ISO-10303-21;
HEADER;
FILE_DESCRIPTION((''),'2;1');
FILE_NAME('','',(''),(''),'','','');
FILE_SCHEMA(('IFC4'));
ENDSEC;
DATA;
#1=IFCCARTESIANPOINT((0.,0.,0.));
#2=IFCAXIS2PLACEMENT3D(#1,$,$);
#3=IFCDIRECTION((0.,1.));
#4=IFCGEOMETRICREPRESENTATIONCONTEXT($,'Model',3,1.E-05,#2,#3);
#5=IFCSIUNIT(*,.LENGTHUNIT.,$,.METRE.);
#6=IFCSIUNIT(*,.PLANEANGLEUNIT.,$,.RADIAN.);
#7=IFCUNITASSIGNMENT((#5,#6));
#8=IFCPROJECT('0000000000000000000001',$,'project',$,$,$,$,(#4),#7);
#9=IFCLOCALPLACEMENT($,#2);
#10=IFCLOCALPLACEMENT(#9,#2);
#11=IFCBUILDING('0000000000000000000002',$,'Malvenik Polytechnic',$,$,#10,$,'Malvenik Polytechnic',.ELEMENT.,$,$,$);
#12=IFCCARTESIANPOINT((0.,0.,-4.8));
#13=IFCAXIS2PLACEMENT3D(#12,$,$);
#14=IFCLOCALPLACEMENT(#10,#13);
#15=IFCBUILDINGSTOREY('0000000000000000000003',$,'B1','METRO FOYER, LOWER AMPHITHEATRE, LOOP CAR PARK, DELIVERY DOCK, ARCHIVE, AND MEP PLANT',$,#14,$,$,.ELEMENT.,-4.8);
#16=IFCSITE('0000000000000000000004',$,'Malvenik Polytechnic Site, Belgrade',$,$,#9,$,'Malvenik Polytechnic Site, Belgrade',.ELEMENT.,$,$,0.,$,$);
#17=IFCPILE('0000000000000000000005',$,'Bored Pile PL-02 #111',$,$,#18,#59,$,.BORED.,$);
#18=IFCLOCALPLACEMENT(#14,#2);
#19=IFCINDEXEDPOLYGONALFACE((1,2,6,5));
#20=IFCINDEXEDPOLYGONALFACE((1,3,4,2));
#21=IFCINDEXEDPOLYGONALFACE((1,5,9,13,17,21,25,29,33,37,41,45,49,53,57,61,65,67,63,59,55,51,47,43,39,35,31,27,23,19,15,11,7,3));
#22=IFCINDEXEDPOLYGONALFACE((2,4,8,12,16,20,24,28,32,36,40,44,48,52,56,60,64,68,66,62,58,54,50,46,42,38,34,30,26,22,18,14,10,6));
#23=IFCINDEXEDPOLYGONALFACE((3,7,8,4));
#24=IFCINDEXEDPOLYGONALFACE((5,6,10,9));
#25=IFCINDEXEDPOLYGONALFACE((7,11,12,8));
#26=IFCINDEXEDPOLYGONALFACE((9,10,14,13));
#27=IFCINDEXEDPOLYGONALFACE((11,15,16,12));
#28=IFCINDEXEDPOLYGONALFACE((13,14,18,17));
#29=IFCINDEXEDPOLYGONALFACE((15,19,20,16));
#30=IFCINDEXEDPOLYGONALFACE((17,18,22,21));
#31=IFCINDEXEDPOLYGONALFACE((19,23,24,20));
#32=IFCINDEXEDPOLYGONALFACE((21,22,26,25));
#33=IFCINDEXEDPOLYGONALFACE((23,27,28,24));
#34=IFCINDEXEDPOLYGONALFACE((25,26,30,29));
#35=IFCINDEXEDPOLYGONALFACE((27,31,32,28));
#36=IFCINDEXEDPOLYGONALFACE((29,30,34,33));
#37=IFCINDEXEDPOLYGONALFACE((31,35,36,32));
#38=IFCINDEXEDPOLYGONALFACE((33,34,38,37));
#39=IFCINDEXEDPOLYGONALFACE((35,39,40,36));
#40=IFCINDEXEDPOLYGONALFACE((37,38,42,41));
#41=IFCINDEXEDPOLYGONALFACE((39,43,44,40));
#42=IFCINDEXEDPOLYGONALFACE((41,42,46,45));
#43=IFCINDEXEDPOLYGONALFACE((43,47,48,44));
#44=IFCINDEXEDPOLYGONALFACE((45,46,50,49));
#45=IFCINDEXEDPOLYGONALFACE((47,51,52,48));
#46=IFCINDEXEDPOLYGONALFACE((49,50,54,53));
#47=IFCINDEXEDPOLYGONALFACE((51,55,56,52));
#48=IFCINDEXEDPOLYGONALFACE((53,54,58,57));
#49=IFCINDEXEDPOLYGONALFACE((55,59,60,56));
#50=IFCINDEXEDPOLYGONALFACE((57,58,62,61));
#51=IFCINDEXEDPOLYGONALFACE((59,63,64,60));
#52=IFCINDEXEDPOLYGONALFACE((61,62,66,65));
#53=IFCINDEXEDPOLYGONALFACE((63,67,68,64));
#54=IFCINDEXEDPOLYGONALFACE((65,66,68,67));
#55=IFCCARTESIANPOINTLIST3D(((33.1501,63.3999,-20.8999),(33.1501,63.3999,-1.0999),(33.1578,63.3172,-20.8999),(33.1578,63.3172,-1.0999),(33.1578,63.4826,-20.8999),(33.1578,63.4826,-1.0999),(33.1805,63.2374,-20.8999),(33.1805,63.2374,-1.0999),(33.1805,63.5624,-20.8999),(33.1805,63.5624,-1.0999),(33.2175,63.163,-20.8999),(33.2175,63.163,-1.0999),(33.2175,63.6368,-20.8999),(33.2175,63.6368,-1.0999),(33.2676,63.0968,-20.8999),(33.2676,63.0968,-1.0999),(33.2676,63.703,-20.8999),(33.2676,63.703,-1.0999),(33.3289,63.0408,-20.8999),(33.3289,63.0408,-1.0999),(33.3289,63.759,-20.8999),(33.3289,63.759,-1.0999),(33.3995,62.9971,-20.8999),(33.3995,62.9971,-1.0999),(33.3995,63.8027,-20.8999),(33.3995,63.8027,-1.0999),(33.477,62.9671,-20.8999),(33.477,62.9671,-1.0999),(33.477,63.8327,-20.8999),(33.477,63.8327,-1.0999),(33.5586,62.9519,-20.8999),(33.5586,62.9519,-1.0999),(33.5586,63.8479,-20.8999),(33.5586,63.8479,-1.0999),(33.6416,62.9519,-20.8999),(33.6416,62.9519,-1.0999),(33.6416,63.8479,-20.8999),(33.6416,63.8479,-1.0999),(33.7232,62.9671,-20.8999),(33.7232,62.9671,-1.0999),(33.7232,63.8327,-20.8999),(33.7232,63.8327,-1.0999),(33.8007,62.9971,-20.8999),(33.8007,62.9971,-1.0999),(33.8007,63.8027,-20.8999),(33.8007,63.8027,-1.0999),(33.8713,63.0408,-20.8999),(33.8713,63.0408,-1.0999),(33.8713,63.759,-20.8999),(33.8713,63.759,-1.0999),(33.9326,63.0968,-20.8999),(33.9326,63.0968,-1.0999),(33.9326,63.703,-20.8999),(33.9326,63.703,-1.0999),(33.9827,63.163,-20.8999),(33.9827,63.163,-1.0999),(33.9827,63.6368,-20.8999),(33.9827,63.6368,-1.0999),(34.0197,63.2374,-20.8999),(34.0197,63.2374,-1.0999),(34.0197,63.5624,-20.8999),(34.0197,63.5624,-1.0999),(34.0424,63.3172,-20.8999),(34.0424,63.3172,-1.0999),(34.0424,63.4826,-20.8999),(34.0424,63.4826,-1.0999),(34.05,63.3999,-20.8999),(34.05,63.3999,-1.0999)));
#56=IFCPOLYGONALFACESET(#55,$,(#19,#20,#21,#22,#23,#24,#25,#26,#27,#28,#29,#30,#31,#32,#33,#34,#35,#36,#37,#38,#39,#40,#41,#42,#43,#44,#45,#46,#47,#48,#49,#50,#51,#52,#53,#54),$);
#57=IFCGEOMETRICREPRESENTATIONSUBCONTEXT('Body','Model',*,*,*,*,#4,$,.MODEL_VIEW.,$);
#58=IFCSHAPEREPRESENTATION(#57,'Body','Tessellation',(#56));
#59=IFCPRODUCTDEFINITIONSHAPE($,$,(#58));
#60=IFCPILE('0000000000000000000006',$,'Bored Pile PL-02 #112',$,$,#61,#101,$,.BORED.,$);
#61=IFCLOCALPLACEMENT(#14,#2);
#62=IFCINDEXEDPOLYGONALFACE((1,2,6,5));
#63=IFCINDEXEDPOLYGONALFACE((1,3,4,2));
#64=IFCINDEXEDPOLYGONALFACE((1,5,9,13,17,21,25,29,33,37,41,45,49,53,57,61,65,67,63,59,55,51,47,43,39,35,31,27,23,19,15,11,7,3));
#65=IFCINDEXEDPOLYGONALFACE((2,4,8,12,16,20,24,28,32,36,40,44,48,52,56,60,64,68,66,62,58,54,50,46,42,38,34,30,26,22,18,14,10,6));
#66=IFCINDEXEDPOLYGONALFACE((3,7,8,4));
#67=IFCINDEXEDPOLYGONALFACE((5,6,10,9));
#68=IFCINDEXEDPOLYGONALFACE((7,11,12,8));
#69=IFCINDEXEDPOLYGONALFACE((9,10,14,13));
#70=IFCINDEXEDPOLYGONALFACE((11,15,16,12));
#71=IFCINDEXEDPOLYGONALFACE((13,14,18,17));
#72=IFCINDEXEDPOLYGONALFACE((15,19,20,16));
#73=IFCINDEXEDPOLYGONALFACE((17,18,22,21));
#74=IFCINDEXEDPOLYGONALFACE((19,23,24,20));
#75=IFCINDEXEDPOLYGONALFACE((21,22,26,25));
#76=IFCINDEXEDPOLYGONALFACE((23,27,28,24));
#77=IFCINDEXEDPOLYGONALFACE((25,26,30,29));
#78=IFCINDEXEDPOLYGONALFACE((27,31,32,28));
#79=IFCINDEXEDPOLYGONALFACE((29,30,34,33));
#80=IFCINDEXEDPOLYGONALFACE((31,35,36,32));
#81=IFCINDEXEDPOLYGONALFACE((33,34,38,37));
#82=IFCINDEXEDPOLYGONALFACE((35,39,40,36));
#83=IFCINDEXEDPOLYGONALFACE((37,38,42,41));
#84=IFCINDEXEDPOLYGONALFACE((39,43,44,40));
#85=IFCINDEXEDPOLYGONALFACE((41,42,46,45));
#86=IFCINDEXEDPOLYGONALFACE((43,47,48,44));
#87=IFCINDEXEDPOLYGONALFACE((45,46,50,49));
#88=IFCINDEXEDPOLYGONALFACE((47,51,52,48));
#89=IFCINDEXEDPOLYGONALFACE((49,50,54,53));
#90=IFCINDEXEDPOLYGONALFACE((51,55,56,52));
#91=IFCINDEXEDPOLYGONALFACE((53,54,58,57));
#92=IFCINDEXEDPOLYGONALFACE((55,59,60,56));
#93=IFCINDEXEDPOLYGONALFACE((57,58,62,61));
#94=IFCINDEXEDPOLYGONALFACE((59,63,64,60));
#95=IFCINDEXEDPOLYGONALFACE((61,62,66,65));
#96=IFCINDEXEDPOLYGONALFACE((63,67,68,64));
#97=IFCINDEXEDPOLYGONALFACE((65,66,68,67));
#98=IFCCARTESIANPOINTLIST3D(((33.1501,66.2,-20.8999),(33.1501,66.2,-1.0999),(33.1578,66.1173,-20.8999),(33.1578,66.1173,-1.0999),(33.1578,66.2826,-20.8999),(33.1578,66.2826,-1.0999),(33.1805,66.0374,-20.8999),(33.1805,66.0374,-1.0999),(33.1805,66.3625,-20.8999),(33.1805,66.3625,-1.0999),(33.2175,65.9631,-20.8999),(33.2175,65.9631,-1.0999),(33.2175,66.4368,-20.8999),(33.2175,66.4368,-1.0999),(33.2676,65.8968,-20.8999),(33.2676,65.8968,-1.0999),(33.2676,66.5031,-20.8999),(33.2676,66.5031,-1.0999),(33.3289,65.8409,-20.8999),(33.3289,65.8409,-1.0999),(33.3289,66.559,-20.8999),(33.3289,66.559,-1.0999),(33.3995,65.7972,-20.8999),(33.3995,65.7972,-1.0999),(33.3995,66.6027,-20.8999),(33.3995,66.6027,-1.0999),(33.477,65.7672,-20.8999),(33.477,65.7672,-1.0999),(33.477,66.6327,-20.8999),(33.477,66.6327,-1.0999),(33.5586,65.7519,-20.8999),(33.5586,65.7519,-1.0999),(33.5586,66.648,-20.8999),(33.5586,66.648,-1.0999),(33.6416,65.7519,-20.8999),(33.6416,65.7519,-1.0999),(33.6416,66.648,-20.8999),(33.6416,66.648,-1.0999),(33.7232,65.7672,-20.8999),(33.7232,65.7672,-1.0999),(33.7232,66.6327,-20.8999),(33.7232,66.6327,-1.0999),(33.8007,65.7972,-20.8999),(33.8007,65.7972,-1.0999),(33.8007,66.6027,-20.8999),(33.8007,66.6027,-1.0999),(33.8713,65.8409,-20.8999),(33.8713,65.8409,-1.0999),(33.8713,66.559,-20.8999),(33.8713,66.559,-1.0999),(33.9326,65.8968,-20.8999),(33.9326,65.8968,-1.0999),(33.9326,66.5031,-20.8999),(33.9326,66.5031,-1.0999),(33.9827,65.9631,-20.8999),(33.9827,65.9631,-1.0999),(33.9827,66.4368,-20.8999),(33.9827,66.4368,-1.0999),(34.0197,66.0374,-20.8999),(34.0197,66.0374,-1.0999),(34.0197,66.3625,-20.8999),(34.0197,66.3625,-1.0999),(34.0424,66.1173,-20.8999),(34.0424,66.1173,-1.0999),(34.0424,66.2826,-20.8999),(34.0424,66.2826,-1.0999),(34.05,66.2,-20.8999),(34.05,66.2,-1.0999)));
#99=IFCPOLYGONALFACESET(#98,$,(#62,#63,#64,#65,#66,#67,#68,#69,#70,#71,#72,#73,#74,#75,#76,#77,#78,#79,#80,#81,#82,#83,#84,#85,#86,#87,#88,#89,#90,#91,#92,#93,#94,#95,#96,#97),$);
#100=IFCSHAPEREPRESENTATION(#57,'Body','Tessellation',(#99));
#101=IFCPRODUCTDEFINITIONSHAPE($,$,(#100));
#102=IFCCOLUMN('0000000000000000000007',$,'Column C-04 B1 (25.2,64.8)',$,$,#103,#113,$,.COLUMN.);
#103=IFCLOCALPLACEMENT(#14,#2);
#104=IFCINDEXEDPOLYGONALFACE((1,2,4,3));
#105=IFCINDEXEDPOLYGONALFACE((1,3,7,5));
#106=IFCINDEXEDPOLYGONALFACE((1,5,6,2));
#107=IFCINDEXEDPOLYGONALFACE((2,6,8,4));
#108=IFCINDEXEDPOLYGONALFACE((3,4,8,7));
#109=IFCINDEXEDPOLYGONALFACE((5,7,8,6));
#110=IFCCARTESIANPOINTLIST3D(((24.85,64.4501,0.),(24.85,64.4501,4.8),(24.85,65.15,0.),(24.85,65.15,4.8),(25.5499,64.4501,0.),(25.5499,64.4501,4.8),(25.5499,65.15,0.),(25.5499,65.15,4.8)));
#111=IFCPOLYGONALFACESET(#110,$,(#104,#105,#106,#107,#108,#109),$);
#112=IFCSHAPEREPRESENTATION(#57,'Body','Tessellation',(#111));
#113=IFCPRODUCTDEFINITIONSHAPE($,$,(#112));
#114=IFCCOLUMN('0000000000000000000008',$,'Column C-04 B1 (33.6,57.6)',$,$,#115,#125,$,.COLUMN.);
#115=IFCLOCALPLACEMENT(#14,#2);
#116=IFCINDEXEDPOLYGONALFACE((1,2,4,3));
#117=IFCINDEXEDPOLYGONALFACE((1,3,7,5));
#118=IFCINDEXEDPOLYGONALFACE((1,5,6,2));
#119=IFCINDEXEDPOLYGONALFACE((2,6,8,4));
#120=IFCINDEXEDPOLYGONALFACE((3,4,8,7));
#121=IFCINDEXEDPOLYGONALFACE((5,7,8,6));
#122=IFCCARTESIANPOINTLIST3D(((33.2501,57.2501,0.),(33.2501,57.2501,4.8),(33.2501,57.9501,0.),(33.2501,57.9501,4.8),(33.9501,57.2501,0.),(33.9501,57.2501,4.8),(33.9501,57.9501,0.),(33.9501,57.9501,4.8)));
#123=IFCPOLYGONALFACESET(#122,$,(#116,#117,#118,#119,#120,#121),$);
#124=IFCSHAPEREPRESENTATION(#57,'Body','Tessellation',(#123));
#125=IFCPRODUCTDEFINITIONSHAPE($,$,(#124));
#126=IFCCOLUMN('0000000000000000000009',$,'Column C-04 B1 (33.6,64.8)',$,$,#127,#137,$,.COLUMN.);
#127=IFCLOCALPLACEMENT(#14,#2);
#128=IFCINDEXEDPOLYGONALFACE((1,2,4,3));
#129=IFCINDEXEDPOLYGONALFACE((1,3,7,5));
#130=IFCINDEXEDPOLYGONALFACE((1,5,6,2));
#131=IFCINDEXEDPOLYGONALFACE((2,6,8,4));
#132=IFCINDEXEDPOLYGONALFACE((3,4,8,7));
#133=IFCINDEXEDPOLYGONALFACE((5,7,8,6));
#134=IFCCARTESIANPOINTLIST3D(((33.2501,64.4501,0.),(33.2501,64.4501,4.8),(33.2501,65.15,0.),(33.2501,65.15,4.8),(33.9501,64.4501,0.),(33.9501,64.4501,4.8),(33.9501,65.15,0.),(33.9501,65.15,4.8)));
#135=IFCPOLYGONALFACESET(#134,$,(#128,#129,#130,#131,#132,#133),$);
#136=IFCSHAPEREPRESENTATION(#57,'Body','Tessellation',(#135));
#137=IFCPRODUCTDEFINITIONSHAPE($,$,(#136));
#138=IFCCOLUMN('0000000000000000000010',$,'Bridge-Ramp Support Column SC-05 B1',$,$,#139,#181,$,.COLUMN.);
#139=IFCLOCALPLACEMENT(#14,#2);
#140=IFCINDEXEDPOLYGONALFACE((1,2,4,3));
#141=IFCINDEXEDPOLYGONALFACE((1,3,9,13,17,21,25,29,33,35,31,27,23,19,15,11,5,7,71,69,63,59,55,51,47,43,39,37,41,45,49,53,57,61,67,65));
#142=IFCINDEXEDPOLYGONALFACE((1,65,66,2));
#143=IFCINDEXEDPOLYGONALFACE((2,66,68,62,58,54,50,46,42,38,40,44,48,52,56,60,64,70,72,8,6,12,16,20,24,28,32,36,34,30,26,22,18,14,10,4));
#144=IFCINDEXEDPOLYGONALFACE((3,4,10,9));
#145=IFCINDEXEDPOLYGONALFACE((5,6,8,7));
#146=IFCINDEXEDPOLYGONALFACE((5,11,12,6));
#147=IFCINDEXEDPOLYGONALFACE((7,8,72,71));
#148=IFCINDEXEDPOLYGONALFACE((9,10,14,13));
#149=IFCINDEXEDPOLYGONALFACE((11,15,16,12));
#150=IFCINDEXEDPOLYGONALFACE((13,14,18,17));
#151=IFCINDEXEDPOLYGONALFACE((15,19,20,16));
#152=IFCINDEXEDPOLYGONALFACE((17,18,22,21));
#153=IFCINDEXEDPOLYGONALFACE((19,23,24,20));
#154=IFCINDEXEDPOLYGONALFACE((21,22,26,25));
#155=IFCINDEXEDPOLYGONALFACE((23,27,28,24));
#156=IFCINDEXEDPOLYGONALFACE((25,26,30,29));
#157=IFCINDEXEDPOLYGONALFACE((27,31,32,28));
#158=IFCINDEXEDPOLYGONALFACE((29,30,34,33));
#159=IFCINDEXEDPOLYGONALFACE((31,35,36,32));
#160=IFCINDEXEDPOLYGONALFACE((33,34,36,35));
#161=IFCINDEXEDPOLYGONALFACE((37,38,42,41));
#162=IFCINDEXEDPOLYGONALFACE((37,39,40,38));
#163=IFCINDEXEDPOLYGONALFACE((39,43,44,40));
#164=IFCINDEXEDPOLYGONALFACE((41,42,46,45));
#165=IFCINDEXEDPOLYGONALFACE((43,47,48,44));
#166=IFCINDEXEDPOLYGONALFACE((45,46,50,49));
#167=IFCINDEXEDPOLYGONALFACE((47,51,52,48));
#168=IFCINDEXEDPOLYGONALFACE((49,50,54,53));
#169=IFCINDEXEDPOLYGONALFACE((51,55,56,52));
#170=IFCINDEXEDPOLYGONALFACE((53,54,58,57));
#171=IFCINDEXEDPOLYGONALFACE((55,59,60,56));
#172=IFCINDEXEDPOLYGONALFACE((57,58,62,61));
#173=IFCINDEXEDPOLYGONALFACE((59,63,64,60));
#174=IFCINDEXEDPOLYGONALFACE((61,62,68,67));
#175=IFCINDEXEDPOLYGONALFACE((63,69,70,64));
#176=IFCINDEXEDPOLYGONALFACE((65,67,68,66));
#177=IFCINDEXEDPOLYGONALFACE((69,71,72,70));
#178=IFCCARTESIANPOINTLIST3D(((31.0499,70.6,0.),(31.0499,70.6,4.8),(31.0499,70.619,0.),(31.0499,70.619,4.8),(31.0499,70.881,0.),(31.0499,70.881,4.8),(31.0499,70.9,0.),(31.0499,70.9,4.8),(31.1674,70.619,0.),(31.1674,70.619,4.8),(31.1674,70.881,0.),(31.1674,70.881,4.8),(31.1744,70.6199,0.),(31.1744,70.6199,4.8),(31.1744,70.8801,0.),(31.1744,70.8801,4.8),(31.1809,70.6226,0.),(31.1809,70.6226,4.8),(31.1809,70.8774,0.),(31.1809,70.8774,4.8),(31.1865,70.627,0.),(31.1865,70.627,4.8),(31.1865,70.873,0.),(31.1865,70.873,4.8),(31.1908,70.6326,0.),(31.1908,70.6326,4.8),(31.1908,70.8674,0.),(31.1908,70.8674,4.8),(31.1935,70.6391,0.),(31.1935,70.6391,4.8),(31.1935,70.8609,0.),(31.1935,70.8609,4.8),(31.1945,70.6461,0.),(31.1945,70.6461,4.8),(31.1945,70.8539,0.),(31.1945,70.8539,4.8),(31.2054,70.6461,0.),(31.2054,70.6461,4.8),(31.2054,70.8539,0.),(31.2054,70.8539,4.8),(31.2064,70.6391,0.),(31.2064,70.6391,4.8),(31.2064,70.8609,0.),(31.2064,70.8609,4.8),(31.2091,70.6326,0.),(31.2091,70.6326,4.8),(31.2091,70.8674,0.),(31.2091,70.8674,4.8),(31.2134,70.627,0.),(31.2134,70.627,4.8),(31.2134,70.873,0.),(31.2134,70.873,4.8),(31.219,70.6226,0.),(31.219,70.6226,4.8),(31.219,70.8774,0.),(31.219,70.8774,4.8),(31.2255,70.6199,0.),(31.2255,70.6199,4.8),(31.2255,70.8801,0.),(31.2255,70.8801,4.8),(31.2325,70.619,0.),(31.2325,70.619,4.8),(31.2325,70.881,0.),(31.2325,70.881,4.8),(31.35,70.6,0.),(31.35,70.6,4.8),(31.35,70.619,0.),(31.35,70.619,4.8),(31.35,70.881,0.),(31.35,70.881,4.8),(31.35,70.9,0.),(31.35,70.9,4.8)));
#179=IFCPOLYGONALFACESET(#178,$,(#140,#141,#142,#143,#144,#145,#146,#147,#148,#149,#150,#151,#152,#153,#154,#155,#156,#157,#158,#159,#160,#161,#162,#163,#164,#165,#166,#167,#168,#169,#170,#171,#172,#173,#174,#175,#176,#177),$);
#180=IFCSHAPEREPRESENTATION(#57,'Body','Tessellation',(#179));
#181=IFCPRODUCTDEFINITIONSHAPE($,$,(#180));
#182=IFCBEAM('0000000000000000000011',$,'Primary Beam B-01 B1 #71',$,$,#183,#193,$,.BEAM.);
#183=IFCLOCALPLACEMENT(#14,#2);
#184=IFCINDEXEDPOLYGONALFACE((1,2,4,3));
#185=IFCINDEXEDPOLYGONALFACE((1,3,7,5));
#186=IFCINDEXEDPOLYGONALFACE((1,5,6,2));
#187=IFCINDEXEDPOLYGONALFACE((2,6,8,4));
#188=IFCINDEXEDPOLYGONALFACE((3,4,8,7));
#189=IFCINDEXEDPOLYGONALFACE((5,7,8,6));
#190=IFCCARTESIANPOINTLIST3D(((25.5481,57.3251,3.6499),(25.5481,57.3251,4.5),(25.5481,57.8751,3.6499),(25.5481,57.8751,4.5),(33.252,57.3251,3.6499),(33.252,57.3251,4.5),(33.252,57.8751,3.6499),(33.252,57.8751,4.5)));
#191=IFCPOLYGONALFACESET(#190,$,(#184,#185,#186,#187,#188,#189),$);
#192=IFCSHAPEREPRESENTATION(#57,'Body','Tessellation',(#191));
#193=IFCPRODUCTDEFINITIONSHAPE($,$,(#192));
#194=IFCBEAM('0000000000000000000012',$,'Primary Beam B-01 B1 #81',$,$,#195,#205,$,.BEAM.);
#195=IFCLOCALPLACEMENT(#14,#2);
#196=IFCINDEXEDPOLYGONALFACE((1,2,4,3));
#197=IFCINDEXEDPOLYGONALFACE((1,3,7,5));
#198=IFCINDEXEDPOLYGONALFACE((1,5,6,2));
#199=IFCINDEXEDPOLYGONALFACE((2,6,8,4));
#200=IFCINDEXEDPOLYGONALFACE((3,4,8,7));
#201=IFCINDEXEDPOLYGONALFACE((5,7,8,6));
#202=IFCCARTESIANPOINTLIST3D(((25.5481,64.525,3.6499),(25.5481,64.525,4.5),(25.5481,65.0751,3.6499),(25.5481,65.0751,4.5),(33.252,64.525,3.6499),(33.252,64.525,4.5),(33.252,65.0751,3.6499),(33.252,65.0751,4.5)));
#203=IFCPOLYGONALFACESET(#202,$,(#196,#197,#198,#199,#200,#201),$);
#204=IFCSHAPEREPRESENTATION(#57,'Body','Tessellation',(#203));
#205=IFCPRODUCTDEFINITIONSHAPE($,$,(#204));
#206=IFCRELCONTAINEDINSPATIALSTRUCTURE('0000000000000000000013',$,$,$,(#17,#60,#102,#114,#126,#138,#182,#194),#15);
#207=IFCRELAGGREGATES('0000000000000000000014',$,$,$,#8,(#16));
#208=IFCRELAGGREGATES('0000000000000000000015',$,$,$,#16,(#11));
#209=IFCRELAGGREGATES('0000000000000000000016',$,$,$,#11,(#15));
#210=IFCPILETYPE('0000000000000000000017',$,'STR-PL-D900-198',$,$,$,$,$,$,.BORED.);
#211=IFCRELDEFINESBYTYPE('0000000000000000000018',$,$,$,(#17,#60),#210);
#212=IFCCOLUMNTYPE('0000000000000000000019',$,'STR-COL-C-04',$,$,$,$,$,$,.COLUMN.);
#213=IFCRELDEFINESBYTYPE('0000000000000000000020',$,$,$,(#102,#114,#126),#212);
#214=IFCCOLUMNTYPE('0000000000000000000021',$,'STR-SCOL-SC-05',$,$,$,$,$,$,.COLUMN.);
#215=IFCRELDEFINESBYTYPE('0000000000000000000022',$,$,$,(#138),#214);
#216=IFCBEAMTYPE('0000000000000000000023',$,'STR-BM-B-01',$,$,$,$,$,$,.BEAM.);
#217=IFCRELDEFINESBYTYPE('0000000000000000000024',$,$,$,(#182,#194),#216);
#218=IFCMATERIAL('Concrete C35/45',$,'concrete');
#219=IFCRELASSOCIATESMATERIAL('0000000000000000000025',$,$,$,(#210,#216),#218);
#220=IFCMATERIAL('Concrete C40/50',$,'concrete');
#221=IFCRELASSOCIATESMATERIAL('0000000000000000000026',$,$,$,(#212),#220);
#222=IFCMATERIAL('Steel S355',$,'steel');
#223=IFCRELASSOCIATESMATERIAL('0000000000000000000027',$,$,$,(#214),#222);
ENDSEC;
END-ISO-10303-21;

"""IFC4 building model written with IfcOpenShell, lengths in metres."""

from ifc_helpers import new_model, si_unit, direction, frame, origin, origin_2d, place, context, subcontext, project, spatial, rectangle, circle, i_section, extrude, material, material_profile, profile_set, type_object, element, save


model = new_model("IFC4")

# Units and contexts
model_context = context("Model", 3, precision=1e-05, world=origin(), true_north=direction((0.0, 1.0)))
body_context = subcontext(model_context, "Body", "Model", "MODEL_VIEW")
ifc_project = project(units=[si_unit("LENGTHUNIT", "METRE"), si_unit("PLANEANGLEUNIT", "RADIAN")], contexts=[model_context])

# Site, building, storey
site_placement = place(None, origin())
site = spatial("IfcSite", under=ifc_project, at=site_placement, Name="Malvenik Polytechnic Site, Belgrade", LongName="Malvenik Polytechnic Site, Belgrade", CompositionType="ELEMENT", RefElevation=0.0)
building_placement = place(site_placement, origin())
building = spatial("IfcBuilding", under=site, at=building_placement, Name="Malvenik Polytechnic", LongName="Malvenik Polytechnic", CompositionType="ELEMENT")
storey_placement = place(building_placement, frame((0.0, 0.0, -4.8)))
storey = spatial("IfcBuildingStorey", under=building, at=storey_placement, Name="B1", Description="METRO FOYER, LOWER AMPHITHEATRE, LOOP CAR PARK, DELIVERY DOCK, ARCHIVE, AND MEP PLANT", CompositionType="ELEMENT", Elevation=-4.8)

# Shared definitions
ifc_material_1 = material(Name="Concrete C35/45", Category="concrete")

# Piles
ifc_material_profile_1 = material_profile(ifc_material_1, circle(Radius=0.45, at=origin_2d()), Name="BORED PILE D900")
ifc_profile_set_1 = profile_set([ifc_material_profile_1], Name="Concrete C35/45")
pile_type = type_object("IfcPileType", Name="STR-PL-D900-198", PredefinedType="BORED", material=ifc_profile_set_1)
for number, where, z_axis, x_axis, name in (
    (1, (33.6001, 63.3999, -1.0999), (0.0, 0.0, -1.0), (1.0, 0.0, 0.0), "Bored Pile PL-02 #111"),
    (2, (33.6001, 66.2, -1.0999), (0.0, 0.0, -1.0), (1.0, 0.0, 0.0), "Bored Pile PL-02 #112"),
):
    element("IfcPile", number, at=place(storey_placement, frame(where, z_axis=z_axis, x_axis=x_axis)), inside=storey, type_object=pile_type, Name=name, PredefinedType="BORED", context=body_context, shape_type="SweptSolid", body=[
        extrude(circle(Radius=0.45, at=origin_2d()), origin(), (0.0, 0.0, 1.0), 19.8),
    ])

# Columns
ifc_material_2 = material(Name="Concrete C40/50", Category="concrete")
ifc_material_profile_2 = material_profile(ifc_material_2, rectangle(XDim=0.7, YDim=0.7, at=origin_2d()), Name="RC COL 700x700")
ifc_profile_set_2 = profile_set([ifc_material_profile_2], Name="Concrete C40/50")
column_type_1 = type_object("IfcColumnType", Name="STR-COL-C-04", PredefinedType="COLUMN", material=ifc_profile_set_2)
for number, where, z_axis, x_axis, name in (
    (3, (25.2, 64.8, 0.0), (0.0, 0.0, 1.0), (1.0, 0.0, 0.0), "Column C-04 B1 (25.2,64.8)"),
    (4, (33.6001, 57.6001, 0.0), (0.0, 0.0, 1.0), (1.0, 0.0, 0.0), "Column C-04 B1 (33.6,57.6)"),
    (5, (33.6001, 64.8, 0.0), (0.0, 0.0, 1.0), (1.0, 0.0, 0.0), "Column C-04 B1 (33.6,64.8)"),
):
    element("IfcColumn", number, at=place(storey_placement, frame(where, z_axis=z_axis, x_axis=x_axis)), inside=storey, type_object=column_type_1, Name=name, PredefinedType="COLUMN", context=body_context, shape_type="SweptSolid", body=[
        extrude(rectangle(XDim=0.7, YDim=0.7, at=origin_2d()), origin(), (0.0, 0.0, 1.0), 4.8),
    ])
ifc_material_3 = material(Name="Steel S355", Category="steel")
ifc_material_profile_3 = material_profile(ifc_material_3, i_section(OverallWidth=0.3, OverallDepth=0.3, WebThickness=0.011, FlangeThickness=0.019, FilletRadius=0.0271, at=origin_2d()), Name="HEB 300")
ifc_profile_set_3 = profile_set([ifc_material_profile_3], Name="Steel S355")
column_type_2 = type_object("IfcColumnType", Name="STR-SCOL-SC-05", PredefinedType="COLUMN", material=ifc_profile_set_3)
column_placement = place(storey_placement, frame((31.2, 70.75, 0.0), z_axis=(0.0, 0.0, 1.0), x_axis=(1.0, 0.0, 0.0)))
element("IfcColumn", 6, at=column_placement, inside=storey, type_object=column_type_2, Name="Bridge-Ramp Support Column SC-05 B1", PredefinedType="COLUMN", context=body_context, shape_type="SweptSolid", body=[
    extrude(i_section(OverallWidth=0.3, OverallDepth=0.3, WebThickness=0.011, FlangeThickness=0.019, FilletRadius=0.0271, at=origin_2d()), origin(), (0.0, 0.0, 1.0), 4.8),
])

# Beams
ifc_material_profile_4 = material_profile(ifc_material_1, rectangle(XDim=0.55, YDim=0.8501, at=origin_2d()), Name="RC BM 550x850")
ifc_profile_set_4 = profile_set([ifc_material_profile_4], Name="Concrete C35/45")
beam_type_1 = type_object("IfcBeamType", Name="STR-BM-B-01", PredefinedType="BEAM", material=ifc_profile_set_4)
for number, where, z_axis, x_axis, name in (
    (7, (25.5481, 57.6001, 4.075), (1.0, 0.0, 0.0), (0.0, 1.0, 0.0), "Primary Beam B-01 B1 #71"),
    (8, (25.5481, 64.8, 4.075), (1.0, 0.0, 0.0), (0.0, 1.0, 0.0), "Primary Beam B-01 B1 #81"),
):
    element("IfcBeam", number, at=place(storey_placement, frame(where, z_axis=z_axis, x_axis=x_axis)), inside=storey, type_object=beam_type_1, Name=name, PredefinedType="BEAM", context=body_context, shape_type="SweptSolid", body=[
        extrude(rectangle(XDim=0.55, YDim=0.8501, at=origin_2d()), origin(), (0.0, 0.0, 1.0), 7.7039),
    ])

save(model, "model.ifc")
